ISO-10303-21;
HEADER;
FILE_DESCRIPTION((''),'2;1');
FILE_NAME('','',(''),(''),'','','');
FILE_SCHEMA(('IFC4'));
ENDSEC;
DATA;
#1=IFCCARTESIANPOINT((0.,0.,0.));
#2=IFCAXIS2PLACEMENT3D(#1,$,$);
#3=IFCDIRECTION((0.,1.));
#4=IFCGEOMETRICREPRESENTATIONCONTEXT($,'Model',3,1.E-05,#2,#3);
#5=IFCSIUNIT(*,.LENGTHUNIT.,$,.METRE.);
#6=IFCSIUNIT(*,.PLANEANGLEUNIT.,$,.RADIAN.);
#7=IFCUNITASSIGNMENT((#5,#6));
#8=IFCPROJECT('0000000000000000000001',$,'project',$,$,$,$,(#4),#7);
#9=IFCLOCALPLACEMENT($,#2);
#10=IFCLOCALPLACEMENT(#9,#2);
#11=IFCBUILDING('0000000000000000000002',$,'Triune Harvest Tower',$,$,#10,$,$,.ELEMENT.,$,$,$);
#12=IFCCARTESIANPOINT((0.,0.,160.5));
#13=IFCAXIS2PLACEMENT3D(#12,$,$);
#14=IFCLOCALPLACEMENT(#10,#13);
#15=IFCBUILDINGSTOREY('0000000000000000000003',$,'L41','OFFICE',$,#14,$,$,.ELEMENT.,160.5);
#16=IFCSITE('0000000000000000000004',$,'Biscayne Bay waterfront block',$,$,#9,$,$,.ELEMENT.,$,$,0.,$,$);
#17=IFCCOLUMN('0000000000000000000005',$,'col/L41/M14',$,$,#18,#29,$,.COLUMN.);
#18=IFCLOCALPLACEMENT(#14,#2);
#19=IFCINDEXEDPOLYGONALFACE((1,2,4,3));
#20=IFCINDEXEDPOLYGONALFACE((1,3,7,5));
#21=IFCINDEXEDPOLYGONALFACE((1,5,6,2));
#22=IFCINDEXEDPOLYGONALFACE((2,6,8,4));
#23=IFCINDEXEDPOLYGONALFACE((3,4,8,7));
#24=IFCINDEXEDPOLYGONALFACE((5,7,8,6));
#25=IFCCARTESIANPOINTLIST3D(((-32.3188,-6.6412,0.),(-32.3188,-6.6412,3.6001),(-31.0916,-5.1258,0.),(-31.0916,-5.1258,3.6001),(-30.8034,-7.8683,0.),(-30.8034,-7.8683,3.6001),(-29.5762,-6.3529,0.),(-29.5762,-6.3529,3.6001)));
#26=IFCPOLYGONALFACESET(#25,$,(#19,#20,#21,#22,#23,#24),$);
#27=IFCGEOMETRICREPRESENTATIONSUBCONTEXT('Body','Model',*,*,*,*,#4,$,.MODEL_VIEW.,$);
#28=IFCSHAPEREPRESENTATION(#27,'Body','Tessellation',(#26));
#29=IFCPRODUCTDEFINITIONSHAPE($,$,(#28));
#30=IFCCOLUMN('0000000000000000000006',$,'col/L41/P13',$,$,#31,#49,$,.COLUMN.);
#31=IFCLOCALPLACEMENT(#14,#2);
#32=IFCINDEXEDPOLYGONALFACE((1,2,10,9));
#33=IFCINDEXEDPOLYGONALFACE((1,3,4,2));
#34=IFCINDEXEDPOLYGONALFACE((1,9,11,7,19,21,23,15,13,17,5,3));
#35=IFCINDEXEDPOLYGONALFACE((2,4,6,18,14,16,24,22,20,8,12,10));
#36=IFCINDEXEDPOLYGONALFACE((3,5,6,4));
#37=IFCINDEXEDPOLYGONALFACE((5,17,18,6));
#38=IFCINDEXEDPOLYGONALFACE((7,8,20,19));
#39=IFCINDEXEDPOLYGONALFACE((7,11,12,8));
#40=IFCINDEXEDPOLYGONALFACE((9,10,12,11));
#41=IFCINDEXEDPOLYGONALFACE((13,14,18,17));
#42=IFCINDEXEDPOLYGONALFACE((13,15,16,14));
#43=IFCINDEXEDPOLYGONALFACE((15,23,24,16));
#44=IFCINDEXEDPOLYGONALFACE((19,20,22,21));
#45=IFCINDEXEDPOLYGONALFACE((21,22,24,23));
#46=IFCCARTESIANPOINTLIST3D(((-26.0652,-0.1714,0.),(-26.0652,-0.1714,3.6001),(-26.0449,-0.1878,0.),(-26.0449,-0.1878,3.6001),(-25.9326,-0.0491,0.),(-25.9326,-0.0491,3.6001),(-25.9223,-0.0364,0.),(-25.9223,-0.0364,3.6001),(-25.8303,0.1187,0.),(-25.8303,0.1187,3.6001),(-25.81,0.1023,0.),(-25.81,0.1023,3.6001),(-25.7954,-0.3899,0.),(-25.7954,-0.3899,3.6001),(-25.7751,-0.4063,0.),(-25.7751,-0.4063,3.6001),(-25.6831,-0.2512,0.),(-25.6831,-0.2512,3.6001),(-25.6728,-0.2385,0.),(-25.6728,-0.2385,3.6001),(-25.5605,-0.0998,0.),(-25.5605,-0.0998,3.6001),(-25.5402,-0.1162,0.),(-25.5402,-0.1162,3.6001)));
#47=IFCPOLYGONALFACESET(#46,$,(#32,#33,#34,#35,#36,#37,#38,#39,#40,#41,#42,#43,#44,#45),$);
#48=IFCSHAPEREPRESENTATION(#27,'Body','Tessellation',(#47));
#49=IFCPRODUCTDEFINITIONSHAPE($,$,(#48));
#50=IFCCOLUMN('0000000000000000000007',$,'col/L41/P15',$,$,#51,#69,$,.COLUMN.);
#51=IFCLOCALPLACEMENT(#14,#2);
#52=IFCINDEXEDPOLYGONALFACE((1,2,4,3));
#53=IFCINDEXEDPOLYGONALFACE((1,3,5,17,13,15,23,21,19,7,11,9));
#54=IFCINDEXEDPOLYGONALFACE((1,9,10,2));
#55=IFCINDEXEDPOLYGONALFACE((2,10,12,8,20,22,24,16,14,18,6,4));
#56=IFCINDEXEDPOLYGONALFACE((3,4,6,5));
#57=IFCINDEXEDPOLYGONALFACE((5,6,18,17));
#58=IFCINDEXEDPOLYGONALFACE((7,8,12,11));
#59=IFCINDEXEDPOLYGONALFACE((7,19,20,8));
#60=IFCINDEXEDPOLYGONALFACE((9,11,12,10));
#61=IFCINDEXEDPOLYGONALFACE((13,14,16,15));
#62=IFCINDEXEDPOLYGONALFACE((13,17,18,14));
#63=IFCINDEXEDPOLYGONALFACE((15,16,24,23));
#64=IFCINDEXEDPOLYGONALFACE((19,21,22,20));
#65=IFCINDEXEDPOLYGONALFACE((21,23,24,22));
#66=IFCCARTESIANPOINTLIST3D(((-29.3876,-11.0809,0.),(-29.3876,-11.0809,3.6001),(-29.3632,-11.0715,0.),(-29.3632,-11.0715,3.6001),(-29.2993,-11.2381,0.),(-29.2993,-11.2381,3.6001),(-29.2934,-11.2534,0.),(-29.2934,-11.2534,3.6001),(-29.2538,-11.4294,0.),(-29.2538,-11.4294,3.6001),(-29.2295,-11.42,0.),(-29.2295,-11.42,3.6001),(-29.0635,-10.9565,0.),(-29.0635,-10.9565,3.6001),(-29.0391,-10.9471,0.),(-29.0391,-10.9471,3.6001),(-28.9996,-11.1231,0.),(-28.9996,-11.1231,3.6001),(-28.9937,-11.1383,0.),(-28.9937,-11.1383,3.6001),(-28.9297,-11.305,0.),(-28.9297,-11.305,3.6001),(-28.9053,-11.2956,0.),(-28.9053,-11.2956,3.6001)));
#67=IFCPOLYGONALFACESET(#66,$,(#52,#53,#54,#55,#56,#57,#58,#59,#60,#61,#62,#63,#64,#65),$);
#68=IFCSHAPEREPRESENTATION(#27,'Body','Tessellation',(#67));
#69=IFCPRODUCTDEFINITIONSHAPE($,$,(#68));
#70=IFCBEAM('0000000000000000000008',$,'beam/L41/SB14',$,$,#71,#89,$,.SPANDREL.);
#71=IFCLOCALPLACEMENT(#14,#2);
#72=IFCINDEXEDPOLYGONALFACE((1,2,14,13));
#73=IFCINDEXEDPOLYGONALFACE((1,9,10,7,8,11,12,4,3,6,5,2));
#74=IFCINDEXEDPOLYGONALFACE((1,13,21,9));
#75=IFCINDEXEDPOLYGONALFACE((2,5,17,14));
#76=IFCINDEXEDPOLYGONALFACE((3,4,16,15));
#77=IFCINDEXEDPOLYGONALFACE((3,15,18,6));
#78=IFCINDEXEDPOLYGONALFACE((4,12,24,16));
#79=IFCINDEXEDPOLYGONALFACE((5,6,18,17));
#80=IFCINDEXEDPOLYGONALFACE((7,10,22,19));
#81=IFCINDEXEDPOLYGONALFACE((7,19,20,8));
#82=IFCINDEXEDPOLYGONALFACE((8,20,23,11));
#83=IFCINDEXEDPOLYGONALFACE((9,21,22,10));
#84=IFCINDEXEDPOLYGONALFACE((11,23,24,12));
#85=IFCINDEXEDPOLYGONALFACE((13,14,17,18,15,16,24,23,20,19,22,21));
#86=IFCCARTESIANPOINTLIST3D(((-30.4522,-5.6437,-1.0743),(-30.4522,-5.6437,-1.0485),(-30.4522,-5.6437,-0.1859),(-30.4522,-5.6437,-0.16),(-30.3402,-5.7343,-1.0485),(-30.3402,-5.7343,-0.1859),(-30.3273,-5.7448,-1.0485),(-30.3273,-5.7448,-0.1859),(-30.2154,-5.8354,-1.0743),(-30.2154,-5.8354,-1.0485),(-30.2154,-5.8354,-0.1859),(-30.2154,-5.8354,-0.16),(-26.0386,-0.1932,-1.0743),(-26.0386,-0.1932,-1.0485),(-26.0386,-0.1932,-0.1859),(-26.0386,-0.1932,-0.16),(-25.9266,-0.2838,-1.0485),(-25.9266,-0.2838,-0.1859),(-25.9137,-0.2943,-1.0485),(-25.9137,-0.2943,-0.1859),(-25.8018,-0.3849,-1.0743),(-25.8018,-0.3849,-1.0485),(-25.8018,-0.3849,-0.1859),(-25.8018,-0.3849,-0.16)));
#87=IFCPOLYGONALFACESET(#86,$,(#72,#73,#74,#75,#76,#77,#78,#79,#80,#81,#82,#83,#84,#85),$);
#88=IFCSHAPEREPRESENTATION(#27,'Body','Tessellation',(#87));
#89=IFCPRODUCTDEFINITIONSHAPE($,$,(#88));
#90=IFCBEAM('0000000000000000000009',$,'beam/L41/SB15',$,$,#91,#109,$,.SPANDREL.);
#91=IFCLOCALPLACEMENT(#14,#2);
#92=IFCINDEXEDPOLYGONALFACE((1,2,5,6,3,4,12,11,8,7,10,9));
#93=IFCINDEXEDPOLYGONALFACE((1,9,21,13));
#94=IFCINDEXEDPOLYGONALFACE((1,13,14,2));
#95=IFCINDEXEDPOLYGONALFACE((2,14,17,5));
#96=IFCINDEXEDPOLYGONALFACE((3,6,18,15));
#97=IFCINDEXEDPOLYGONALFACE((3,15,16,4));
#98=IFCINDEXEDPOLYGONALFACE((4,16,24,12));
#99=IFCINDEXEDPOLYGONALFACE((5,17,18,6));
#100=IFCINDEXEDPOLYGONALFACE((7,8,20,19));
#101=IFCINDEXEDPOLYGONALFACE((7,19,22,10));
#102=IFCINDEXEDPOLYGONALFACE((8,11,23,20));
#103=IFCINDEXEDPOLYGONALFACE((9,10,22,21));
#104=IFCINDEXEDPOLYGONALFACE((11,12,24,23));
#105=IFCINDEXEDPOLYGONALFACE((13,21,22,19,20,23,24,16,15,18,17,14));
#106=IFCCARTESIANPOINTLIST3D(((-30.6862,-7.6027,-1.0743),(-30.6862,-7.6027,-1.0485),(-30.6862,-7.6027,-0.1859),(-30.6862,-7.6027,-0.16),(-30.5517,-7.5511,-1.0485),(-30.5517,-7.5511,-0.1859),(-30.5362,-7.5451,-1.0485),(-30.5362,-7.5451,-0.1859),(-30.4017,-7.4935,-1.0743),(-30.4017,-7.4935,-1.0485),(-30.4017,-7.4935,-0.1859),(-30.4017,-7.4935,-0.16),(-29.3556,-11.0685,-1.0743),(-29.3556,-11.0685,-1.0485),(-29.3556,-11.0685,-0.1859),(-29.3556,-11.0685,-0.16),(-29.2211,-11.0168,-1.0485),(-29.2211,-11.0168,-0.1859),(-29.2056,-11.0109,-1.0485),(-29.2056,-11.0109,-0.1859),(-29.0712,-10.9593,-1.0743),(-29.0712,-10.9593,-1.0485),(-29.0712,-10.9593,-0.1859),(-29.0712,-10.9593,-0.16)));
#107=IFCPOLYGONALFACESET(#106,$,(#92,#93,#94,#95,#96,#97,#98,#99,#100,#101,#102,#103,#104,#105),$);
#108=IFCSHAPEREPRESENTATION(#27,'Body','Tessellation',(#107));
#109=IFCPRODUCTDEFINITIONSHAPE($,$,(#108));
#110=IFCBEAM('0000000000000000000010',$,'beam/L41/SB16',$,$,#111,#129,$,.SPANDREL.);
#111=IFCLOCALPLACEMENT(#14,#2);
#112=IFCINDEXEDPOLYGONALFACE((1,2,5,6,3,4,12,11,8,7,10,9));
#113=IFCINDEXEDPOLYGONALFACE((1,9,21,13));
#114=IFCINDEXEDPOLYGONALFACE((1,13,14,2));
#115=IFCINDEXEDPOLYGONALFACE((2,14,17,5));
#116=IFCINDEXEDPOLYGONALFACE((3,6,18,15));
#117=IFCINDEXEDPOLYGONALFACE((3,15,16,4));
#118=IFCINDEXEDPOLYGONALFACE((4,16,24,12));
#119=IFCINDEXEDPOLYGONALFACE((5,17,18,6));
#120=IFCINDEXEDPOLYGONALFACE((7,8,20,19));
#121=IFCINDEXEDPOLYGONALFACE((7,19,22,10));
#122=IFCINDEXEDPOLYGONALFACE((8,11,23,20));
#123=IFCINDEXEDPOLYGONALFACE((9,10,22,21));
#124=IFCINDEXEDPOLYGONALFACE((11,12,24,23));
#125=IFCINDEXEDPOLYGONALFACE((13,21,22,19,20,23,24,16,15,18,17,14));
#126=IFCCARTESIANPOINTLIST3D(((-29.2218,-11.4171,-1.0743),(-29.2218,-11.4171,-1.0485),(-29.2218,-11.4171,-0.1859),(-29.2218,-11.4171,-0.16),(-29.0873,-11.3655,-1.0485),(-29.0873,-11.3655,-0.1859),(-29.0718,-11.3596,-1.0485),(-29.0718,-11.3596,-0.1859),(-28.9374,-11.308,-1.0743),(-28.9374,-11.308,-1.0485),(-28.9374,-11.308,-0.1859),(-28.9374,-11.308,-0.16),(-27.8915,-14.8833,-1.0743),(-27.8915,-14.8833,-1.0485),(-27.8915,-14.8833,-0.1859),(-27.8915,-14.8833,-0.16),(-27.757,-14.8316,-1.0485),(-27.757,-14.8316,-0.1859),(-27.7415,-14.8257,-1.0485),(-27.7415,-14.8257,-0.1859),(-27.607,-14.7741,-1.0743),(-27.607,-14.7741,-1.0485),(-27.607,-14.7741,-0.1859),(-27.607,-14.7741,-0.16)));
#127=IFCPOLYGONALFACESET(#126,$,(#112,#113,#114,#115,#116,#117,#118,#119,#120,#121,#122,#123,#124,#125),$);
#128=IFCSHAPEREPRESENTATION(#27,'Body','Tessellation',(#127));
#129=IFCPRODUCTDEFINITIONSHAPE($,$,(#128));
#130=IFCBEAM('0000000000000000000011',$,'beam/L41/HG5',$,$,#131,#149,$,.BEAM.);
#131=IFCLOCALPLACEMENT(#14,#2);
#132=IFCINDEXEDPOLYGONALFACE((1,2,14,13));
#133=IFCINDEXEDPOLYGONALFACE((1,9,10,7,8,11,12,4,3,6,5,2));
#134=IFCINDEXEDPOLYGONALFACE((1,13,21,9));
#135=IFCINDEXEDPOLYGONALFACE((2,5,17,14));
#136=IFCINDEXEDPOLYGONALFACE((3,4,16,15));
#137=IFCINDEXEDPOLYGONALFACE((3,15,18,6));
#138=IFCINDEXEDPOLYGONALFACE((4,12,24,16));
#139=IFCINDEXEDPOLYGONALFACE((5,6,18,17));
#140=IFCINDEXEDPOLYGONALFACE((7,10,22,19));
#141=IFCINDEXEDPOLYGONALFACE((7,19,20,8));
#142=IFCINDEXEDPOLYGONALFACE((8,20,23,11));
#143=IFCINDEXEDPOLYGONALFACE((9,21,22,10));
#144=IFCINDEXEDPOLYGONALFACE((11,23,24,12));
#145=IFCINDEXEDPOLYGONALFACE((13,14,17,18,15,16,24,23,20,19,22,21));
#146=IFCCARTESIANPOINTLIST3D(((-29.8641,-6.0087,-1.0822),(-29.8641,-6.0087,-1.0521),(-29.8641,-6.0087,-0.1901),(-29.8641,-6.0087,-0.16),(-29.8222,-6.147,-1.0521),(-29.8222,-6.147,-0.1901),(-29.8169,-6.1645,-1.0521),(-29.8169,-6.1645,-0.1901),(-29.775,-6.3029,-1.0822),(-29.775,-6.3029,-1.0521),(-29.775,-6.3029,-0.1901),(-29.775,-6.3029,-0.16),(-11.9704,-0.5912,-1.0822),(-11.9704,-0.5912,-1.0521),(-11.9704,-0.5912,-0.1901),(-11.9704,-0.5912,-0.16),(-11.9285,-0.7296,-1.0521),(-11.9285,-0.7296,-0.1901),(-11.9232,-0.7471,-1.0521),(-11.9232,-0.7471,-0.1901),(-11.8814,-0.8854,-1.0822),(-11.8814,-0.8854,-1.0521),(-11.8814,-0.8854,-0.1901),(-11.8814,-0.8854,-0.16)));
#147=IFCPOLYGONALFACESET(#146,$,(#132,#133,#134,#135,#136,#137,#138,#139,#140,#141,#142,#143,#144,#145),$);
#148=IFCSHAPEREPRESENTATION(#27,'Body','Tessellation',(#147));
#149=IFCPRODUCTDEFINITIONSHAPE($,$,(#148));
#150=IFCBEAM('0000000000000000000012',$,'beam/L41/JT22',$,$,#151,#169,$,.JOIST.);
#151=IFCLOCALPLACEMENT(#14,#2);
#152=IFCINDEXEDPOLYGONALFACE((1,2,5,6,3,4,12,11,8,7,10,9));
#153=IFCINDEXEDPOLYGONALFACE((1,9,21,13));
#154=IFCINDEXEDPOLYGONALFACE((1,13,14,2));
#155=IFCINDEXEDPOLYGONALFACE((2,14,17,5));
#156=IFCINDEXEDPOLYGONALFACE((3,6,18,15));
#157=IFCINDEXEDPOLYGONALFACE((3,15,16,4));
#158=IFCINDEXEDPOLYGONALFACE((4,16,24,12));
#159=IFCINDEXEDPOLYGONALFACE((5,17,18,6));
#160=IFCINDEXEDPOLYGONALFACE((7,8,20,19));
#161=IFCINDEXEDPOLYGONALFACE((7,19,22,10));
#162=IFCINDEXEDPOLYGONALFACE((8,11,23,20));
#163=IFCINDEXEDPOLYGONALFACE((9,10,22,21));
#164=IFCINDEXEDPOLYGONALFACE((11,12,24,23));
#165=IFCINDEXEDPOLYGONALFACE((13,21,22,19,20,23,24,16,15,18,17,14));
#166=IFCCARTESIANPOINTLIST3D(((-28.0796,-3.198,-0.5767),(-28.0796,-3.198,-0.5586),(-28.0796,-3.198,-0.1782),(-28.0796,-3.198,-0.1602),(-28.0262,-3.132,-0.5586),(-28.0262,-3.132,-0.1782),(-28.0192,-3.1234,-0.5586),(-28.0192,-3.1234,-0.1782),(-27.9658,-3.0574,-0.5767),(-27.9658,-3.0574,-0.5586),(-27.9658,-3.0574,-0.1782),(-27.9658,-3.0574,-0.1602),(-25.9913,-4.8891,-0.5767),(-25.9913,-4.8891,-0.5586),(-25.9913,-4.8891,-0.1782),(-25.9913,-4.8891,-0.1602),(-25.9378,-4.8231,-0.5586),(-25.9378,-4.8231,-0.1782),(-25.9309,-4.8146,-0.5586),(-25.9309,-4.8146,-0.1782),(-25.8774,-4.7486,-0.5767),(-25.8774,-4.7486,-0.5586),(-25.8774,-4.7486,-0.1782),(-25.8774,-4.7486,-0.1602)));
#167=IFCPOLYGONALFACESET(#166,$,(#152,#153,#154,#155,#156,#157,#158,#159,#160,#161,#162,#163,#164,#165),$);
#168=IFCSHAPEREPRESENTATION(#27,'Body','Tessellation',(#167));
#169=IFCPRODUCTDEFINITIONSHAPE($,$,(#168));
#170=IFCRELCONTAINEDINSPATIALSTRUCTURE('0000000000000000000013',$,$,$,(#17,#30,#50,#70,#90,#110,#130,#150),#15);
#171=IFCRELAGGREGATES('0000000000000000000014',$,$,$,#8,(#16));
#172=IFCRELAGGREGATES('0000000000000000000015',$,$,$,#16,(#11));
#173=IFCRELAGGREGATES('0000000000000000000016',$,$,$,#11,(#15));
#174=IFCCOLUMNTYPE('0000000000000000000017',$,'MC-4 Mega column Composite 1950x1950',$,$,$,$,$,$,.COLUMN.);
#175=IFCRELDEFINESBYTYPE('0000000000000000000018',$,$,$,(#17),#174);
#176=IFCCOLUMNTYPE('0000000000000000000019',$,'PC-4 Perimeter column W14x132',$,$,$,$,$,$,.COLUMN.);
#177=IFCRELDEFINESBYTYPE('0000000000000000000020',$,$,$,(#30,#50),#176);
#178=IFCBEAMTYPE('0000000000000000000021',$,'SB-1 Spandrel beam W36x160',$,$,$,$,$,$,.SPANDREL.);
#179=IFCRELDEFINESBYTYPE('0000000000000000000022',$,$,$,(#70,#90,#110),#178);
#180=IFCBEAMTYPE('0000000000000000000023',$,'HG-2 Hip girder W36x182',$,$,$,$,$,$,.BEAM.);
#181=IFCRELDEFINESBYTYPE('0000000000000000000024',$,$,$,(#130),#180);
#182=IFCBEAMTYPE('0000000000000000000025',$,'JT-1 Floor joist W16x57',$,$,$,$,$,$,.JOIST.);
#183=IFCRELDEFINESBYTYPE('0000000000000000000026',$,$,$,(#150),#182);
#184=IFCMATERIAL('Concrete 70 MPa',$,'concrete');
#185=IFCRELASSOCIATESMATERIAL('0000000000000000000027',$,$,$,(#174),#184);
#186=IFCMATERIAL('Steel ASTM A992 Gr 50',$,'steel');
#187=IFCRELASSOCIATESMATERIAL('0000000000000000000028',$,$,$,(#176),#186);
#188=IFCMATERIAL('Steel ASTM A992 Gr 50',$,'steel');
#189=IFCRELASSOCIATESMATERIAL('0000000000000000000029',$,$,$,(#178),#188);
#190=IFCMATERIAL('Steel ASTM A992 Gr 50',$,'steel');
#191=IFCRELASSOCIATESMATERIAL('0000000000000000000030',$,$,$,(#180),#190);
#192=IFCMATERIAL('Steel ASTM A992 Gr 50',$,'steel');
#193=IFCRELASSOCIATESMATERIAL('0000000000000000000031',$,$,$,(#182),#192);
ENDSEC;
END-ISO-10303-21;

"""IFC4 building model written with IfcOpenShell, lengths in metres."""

from ifc_helpers import new_model, si_unit, direction, frame, origin, origin_2d, place, context, subcontext, project, spatial, rectangle, i_section, extrude, source, transform, mapped, material, material_profile, profile_set, type_object, element, save


model = new_model("IFC4")

# Units and contexts
model_context = context("Model", 3, precision=1e-05, world=origin(), true_north=direction((0.0, 1.0)))
body_context = subcontext(model_context, "Body", "Model", "MODEL_VIEW")
ifc_project = project(units=[si_unit("LENGTHUNIT", "METRE"), si_unit("PLANEANGLEUNIT", "RADIAN")], contexts=[model_context])

# Site, building, storey
site_placement = place(None, origin())
site = spatial("IfcSite", under=ifc_project, at=site_placement, Name="Biscayne Bay waterfront block", CompositionType="ELEMENT", RefElevation=0.0)
building_placement = place(site_placement, origin())
building = spatial("IfcBuilding", under=site, at=building_placement, Name="Triune Harvest Tower", CompositionType="ELEMENT")
storey_placement = place(building_placement, frame((0.0, 0.0, 160.5)))
storey = spatial("IfcBuildingStorey", under=building, at=storey_placement, Name="L41", Description="OFFICE", CompositionType="ELEMENT", Elevation=160.5)

# Columns
ifc_material_1 = material(Name="Concrete 70 MPa", Category="concrete")
ifc_material_profile_1 = material_profile(ifc_material_1, rectangle(XDim=1.95, YDim=1.95, at=origin_2d()), Name="Composite 1950x1950")
ifc_profile_set_1 = profile_set([ifc_material_profile_1], Name="Concrete 70 MPa")
column_type_1 = type_object("IfcColumnType", Name="MC-4 Mega column Composite 1950x1950", PredefinedType="COLUMN", material=ifc_profile_set_1)
shared_shape_1 = source(origin(), body_context, "Body", "SweptSolid", [
    extrude(rectangle(XDim=1.95, YDim=1.95, at=origin_2d()), origin(), (0.0, 0.0, 1.0), 3.6001),
])
column_placement = place(storey_placement, frame((-30.9475, -6.4971, 0.0), z_axis=(0.0, 0.0, 1.0), x_axis=(-0.629322, -0.777145, 0.0)))
element("IfcColumn", 1, at=column_placement, inside=storey, type_object=column_type_1, Name="col/L41/M14", PredefinedType="COLUMN", context=body_context, shape_type="MappedRepresentation", body=[
    mapped(shared_shape_1, transform((0.0, 0.0, 0.0), scale=1.0)),
])
ifc_material_2 = material(Name="Steel ASTM A992 Gr 50", Category="steel")
ifc_material_profile_2 = material_profile(ifc_material_2, i_section(OverallWidth=0.3733, OverallDepth=0.3733, WebThickness=0.0164, FlangeThickness=0.0261, at=origin_2d()), Name="W14x132")
ifc_profile_set_2 = profile_set([ifc_material_profile_2], Name="Steel ASTM A992 Gr 50")
column_type_2 = type_object("IfcColumnType", Name="PC-4 Perimeter column W14x132", PredefinedType="COLUMN", material=ifc_profile_set_2)
shared_shape_2 = source(origin(), body_context, "Body", "SweptSolid", [
    extrude(i_section(OverallWidth=0.3733, OverallDepth=0.3733, WebThickness=0.0164, FlangeThickness=0.0261, at=origin_2d()), origin(), (0.0, 0.0, 1.0), 3.6001),
])
for number, where, z_axis, x_axis, name in (
    (2, (-25.8027, -0.1438, 0.0), (0.0, 0.0, 1.0), (-0.629322, -0.777145, 0.0), "col/L41/P13"),
    (3, (-29.1465, -11.1882, 0.0), (0.0, 0.0, 1.0), (0.358366, -0.933581, 0.0), "col/L41/P15"),
):
    element("IfcColumn", number, at=place(storey_placement, frame(where, z_axis=z_axis, x_axis=x_axis)), inside=storey, type_object=column_type_2, Name=name, PredefinedType="COLUMN", context=body_context, shape_type="MappedRepresentation", body=[
        mapped(shared_shape_2, transform((0.0, 0.0, 0.0), scale=1.0)),
    ])

# Beams
ifc_material_3 = material(Name="Steel ASTM A992 Gr 50", Category="steel")
ifc_material_profile_3 = material_profile(ifc_material_3, i_section(OverallWidth=0.3047, OverallDepth=0.9143, WebThickness=0.0166, FlangeThickness=0.0259, at=origin_2d()), Name="W36x160")
ifc_profile_set_3 = profile_set([ifc_material_profile_3], Name="Steel ASTM A992 Gr 50")
beam_type_1 = type_object("IfcBeamType", Name="SB-1 Spandrel beam W36x160", PredefinedType="SPANDREL", material=ifc_profile_set_3)
shared_shape_3 = source(origin(), body_context, "Body", "SweptSolid", [
    extrude(i_section(OverallWidth=0.3047, OverallDepth=0.9143, WebThickness=0.0166, FlangeThickness=0.0259, at=origin_2d()), origin(), (0.0, 0.0, 1.0), 7.0134),
])
beam_1_placement = place(storey_placement, frame((-25.9202, -0.2891, -0.6172), z_axis=(-0.629311, -0.777153, 0.0), x_axis=(0.777153, -0.629311, 0.0)))
element("IfcBeam", 4, at=beam_1_placement, inside=storey, type_object=beam_type_1, Name="beam/L41/SB14", PredefinedType="SPANDREL", context=body_context, shape_type="MappedRepresentation", body=[
    mapped(shared_shape_3, transform((0.0, 0.0, 0.0), scale=1.0)),
])
shared_shape_4 = source(origin(), body_context, "Body", "SweptSolid", [
    extrude(i_section(OverallWidth=0.3047, OverallDepth=0.9143, WebThickness=0.0166, FlangeThickness=0.0259, at=origin_2d()), origin(), (0.0, 0.0, 1.0), 3.7124),
])
beam_2_placement = place(storey_placement, frame((-30.5439, -7.5481, -0.6172), z_axis=(0.358406, -0.933566, 0.0), x_axis=(0.933566, 0.358406, 0.0)))
element("IfcBeam", 5, at=beam_2_placement, inside=storey, type_object=beam_type_1, Name="beam/L41/SB15", PredefinedType="SPANDREL", context=body_context, shape_type="MappedRepresentation", body=[
    mapped(shared_shape_4, transform((0.0, 0.0, 0.0), scale=1.0)),
])
shared_shape_5 = source(origin(), body_context, "Body", "SweptSolid", [
    extrude(i_section(OverallWidth=0.3047, OverallDepth=0.9143, WebThickness=0.0166, FlangeThickness=0.0259, at=origin_2d()), origin(), (0.0, 0.0, 1.0), 3.7126),
])
beam_3_placement = place(storey_placement, frame((-29.0796, -11.3625, -0.6172), z_axis=(0.358327, -0.933596, 0.0), x_axis=(0.933596, 0.358327, 0.0)))
element("IfcBeam", 6, at=beam_3_placement, inside=storey, type_object=beam_type_1, Name="beam/L41/SB16", PredefinedType="SPANDREL", context=body_context, shape_type="MappedRepresentation", body=[
    mapped(shared_shape_5, transform((0.0, 0.0, 0.0), scale=1.0)),
])
ifc_material_4 = material(Name="Steel ASTM A992 Gr 50", Category="steel")
ifc_material_profile_4 = material_profile(ifc_material_4, i_section(OverallWidth=0.3074, OverallDepth=0.9221, WebThickness=0.0183, FlangeThickness=0.03, at=origin_2d()), Name="W36x182")
ifc_profile_set_4 = profile_set([ifc_material_profile_4], Name="Steel ASTM A992 Gr 50")
beam_type_2 = type_object("IfcBeamType", Name="HG-2 Hip girder W36x182", PredefinedType="BEAM", material=ifc_profile_set_4)
shared_shape_6 = source(origin(), body_context, "Body", "SweptSolid", [
    extrude(i_section(OverallWidth=0.3074, OverallDepth=0.9221, WebThickness=0.0183, FlangeThickness=0.03, at=origin_2d()), origin(), (0.0, 0.0, 1.0), 18.6958),
])
beam_4_placement = place(storey_placement, frame((-29.8196, -6.1558, -0.6211), z_axis=(0.957097, 0.289768, 0.0), x_axis=(-0.289768, 0.957097, 0.0)))
element("IfcBeam", 7, at=beam_4_placement, inside=storey, type_object=beam_type_2, Name="beam/L41/HG5", PredefinedType="BEAM", context=body_context, shape_type="MappedRepresentation", body=[
    mapped(shared_shape_6, transform((0.0, 0.0, 0.0), scale=1.0)),
])
ifc_material_5 = material(Name="Steel ASTM A992 Gr 50", Category="steel")
ifc_material_profile_5 = material_profile(ifc_material_5, i_section(OverallWidth=0.1809, OverallDepth=0.4165, WebThickness=0.011, FlangeThickness=0.0181, at=origin_2d()), Name="W16x57")
ifc_profile_set_5 = profile_set([ifc_material_profile_5], Name="Steel ASTM A992 Gr 50")
beam_type_3 = type_object("IfcBeamType", Name="JT-1 Floor joist W16x57", PredefinedType="JOIST", material=ifc_profile_set_5)
shared_shape_7 = source(origin(), body_context, "Body", "SweptSolid", [
    extrude(i_section(OverallWidth=0.1809, OverallDepth=0.4165, WebThickness=0.011, FlangeThickness=0.0181, at=origin_2d()), origin(), (0.0, 0.0, 1.0), 2.6873),
])
beam_5_placement = place(storey_placement, frame((-28.0227, -3.1277, -0.3684), z_axis=(0.777141, -0.629326, 0.0), x_axis=(0.629326, 0.777141, 0.0)))
element("IfcBeam", 8, at=beam_5_placement, inside=storey, type_object=beam_type_3, Name="beam/L41/JT22", PredefinedType="JOIST", context=body_context, shape_type="MappedRepresentation", body=[
    mapped(shared_shape_7, transform((0.0, 0.0, 0.0), scale=1.0)),
])

save(model, "model.ifc")
